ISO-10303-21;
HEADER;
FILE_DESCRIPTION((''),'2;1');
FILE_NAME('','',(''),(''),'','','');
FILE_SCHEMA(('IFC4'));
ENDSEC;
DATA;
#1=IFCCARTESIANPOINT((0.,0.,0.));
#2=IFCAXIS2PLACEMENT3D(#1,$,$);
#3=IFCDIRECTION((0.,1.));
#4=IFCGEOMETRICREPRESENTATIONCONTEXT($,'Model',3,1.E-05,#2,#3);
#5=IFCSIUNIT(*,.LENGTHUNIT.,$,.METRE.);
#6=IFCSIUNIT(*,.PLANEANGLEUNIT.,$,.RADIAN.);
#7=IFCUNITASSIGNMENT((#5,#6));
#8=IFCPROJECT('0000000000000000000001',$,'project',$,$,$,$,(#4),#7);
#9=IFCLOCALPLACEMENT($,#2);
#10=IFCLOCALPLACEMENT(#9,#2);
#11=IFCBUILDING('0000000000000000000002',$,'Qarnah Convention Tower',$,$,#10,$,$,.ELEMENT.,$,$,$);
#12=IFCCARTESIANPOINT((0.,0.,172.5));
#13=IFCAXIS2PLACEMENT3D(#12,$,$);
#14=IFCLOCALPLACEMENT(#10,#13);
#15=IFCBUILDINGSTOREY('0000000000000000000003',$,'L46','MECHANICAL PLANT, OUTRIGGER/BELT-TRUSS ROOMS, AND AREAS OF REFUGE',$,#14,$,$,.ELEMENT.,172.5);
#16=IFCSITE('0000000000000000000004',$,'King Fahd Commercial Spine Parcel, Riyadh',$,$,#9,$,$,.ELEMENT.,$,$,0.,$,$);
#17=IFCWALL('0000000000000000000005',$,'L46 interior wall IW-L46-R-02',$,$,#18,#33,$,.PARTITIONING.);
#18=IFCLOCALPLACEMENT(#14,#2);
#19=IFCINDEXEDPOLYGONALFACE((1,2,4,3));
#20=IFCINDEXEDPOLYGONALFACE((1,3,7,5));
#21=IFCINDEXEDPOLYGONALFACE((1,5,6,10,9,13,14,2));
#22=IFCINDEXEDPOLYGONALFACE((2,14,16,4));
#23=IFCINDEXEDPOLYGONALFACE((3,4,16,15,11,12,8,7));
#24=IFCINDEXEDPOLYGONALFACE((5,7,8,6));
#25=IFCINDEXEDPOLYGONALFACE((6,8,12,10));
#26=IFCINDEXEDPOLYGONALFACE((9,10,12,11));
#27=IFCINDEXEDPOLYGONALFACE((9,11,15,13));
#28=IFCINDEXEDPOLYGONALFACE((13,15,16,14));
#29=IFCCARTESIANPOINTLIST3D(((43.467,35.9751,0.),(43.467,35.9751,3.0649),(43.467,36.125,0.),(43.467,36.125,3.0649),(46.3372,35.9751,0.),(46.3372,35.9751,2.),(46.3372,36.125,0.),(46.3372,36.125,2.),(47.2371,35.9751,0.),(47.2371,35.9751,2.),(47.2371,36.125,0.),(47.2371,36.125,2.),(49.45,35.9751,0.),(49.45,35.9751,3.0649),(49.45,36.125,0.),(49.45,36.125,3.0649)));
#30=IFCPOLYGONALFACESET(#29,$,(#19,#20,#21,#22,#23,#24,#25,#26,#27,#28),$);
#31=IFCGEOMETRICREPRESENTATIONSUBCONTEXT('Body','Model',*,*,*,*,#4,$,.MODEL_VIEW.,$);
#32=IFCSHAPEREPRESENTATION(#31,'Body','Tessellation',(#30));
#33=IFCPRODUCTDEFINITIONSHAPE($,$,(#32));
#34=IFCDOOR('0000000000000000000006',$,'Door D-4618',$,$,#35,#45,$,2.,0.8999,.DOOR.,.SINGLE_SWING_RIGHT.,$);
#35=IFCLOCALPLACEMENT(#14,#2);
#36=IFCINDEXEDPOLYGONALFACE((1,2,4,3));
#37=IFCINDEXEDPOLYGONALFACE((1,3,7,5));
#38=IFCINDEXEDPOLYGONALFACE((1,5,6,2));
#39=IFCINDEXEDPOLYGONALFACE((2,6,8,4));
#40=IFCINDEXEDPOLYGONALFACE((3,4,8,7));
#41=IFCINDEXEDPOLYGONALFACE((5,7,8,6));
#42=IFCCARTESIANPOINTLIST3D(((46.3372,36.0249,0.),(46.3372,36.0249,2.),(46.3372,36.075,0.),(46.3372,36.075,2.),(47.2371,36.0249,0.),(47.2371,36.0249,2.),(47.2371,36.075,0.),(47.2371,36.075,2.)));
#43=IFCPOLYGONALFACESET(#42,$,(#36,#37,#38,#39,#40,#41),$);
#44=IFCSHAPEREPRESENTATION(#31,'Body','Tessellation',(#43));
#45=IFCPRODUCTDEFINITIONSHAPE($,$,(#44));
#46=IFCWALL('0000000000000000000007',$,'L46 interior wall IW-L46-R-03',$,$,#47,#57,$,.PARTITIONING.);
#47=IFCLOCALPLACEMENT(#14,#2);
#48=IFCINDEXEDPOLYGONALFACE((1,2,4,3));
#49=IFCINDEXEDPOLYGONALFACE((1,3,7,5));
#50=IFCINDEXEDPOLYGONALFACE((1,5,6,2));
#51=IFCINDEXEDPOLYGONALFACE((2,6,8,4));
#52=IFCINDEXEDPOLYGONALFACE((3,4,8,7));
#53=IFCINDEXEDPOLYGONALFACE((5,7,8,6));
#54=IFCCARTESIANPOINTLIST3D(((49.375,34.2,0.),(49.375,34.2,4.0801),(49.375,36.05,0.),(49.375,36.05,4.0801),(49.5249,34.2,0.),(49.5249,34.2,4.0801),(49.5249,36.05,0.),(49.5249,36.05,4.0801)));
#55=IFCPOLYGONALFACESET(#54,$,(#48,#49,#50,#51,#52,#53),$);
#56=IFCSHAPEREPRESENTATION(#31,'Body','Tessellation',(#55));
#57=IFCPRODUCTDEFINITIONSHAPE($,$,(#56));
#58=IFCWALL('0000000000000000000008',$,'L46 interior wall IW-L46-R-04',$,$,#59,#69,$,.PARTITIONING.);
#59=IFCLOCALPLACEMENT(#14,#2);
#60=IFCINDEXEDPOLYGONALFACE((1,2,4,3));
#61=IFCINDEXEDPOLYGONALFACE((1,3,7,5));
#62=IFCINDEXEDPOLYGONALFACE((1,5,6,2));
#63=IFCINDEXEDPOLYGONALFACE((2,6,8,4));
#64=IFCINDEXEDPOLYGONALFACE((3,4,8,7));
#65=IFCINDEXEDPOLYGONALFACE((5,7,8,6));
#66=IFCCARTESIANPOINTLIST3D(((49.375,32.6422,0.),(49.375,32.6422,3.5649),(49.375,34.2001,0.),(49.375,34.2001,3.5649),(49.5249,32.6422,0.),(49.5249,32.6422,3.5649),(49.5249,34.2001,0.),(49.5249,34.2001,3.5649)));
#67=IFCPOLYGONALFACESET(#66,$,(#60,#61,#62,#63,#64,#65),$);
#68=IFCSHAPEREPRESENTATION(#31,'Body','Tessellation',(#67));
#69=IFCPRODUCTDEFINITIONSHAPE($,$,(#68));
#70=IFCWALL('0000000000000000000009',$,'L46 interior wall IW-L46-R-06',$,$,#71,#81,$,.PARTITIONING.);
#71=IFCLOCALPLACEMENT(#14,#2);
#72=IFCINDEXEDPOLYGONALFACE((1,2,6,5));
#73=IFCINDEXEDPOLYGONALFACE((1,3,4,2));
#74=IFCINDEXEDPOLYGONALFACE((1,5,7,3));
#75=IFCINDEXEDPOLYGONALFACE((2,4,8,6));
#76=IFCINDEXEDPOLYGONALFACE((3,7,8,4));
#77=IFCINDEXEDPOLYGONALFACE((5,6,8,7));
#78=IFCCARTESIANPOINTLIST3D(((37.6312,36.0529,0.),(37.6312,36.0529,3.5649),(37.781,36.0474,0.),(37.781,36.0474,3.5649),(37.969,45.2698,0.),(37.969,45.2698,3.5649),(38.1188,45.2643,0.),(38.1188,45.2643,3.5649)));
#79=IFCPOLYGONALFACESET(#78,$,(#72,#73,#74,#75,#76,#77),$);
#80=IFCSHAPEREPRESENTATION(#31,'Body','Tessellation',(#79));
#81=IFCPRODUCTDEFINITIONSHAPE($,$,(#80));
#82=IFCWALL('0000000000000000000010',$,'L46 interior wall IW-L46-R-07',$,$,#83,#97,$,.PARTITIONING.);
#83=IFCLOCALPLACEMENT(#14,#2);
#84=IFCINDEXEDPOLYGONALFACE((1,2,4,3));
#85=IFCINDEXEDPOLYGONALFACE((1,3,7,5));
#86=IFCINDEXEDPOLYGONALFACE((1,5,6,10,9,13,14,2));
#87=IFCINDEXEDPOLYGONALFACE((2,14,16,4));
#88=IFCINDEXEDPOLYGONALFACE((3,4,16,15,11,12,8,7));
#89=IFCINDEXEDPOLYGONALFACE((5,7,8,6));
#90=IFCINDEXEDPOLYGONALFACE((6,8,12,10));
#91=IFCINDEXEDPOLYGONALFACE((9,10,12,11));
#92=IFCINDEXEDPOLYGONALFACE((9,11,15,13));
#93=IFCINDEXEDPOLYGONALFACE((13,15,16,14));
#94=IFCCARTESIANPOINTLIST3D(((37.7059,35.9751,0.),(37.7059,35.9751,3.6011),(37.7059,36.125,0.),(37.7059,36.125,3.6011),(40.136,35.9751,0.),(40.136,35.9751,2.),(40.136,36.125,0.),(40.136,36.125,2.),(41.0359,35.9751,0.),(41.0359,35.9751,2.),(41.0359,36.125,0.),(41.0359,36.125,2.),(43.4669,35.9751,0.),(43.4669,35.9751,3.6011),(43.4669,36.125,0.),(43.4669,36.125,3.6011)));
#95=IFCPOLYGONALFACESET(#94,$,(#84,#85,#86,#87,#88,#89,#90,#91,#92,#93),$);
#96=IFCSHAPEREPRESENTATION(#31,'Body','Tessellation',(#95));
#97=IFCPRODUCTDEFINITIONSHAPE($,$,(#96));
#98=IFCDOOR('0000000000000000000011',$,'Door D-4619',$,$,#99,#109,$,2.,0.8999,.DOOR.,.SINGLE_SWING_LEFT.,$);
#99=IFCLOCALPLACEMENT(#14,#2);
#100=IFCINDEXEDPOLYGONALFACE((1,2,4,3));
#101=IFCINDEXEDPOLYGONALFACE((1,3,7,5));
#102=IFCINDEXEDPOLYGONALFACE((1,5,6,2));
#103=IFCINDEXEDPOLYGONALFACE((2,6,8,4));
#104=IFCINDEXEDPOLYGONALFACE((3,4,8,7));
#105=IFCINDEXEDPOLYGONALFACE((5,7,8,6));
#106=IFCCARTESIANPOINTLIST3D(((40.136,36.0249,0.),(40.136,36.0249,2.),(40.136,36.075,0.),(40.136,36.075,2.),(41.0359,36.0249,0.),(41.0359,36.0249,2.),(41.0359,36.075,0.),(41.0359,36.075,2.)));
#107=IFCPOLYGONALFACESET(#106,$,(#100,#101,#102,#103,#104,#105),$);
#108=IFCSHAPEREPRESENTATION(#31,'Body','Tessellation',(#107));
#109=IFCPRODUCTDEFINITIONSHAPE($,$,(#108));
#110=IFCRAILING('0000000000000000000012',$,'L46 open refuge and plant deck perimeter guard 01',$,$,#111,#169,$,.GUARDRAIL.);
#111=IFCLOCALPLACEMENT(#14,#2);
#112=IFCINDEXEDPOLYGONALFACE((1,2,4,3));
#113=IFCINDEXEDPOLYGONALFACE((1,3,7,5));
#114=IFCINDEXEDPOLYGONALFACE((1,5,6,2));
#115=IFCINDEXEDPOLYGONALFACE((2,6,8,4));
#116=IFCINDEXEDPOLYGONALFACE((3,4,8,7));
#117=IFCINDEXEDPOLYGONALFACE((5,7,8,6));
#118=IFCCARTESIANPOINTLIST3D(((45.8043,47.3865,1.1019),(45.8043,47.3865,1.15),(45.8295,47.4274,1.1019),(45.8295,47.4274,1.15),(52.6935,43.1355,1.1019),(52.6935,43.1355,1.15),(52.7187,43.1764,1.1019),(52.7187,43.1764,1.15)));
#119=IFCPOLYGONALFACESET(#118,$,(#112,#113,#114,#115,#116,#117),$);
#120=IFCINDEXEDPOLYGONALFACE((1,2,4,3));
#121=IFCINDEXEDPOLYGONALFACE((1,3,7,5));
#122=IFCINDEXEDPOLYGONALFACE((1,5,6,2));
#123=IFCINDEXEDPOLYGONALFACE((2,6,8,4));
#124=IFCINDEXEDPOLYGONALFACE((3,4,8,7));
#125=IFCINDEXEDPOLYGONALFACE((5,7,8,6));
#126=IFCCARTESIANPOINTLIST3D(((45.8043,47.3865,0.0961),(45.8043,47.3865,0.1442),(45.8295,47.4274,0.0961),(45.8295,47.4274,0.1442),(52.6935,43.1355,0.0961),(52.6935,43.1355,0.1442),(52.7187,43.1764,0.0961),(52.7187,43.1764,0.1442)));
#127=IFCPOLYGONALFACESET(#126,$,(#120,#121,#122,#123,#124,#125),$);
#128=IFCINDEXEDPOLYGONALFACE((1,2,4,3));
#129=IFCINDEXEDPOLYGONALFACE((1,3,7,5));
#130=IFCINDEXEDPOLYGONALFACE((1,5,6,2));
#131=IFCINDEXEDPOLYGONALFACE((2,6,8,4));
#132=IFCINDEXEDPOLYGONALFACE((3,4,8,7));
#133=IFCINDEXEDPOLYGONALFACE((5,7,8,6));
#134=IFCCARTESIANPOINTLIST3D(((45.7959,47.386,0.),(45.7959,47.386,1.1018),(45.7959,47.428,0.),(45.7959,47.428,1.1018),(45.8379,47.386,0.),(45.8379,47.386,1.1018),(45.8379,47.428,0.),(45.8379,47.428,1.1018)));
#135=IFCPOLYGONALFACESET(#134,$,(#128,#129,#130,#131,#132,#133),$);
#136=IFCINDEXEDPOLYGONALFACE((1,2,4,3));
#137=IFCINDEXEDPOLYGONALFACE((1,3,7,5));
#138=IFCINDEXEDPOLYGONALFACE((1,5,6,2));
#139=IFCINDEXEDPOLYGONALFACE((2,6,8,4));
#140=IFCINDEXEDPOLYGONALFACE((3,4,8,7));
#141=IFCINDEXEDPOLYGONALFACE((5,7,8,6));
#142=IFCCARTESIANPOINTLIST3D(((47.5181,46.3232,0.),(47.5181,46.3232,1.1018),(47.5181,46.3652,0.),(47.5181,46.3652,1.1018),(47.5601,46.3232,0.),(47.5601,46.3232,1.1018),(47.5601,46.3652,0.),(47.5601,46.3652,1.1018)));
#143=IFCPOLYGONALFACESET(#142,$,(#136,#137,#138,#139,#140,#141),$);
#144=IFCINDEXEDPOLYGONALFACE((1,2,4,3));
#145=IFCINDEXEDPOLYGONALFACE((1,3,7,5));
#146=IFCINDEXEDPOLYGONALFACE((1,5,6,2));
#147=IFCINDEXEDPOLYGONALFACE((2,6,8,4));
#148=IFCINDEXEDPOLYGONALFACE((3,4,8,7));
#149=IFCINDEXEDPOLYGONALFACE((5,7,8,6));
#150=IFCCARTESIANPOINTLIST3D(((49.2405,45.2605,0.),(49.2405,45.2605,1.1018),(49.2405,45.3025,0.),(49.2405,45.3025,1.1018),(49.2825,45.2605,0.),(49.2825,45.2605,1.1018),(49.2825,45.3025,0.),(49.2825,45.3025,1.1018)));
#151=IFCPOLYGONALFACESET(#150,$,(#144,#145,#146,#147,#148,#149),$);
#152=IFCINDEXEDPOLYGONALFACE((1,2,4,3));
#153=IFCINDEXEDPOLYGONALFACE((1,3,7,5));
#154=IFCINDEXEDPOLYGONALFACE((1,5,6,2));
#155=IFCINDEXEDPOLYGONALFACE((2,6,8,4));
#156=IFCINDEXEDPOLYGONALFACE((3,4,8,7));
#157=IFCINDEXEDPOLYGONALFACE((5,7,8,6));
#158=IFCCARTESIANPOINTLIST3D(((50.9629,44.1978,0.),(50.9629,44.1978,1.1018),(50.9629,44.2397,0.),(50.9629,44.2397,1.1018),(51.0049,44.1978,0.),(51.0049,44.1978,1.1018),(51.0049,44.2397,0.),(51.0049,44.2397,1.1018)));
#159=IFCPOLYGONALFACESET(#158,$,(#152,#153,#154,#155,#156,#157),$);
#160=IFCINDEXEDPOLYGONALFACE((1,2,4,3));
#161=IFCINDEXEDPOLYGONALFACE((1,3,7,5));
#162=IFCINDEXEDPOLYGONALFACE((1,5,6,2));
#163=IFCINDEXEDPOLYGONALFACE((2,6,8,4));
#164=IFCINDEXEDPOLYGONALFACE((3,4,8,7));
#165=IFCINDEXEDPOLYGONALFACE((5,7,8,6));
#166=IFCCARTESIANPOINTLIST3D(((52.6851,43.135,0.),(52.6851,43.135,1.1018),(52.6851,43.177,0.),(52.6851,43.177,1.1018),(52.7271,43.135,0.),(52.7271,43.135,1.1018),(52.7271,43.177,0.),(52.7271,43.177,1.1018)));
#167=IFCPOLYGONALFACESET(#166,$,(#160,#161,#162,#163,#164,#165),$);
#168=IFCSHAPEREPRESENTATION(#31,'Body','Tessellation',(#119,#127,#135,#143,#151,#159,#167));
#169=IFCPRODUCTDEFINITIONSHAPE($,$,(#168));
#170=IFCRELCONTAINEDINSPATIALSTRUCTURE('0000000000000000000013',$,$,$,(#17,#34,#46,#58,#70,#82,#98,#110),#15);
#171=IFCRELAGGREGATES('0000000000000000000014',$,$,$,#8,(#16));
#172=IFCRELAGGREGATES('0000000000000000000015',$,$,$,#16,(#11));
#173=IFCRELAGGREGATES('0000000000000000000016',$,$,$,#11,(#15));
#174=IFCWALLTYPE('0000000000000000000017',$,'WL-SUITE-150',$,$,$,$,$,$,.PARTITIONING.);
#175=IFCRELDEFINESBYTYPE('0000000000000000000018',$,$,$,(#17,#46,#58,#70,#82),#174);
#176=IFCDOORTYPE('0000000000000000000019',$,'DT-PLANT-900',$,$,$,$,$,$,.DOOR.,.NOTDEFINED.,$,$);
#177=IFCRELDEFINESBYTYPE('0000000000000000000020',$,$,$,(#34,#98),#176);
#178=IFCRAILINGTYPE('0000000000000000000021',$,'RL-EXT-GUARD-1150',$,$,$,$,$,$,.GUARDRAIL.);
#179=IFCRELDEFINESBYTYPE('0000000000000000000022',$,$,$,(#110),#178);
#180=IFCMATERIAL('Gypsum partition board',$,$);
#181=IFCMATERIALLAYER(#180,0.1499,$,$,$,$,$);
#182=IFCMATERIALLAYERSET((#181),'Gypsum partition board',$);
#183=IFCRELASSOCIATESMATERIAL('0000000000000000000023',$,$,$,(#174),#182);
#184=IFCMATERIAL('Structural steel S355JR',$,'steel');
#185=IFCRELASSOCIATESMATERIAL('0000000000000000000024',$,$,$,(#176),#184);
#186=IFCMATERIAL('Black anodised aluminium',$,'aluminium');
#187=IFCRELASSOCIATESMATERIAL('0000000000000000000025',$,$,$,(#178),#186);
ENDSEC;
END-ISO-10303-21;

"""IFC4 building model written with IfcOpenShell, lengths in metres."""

from ifc_helpers import new_model, si_unit, direction, frame, frame_2d, origin, origin_2d, place, context, subcontext, project, spatial, rectangle, extrude, material, layer, layer_set, type_object, element, fill, save


model = new_model("IFC4")

# Units and contexts
model_context = context("Model", 3, precision=1e-05, world=origin(), true_north=direction((0.0, 1.0)))
body_context = subcontext(model_context, "Body", "Model", "MODEL_VIEW")
ifc_project = project(units=[si_unit("LENGTHUNIT", "METRE"), si_unit("PLANEANGLEUNIT", "RADIAN")], contexts=[model_context])

# Site, building, storey
site_placement = place(None, origin())
site = spatial("IfcSite", under=ifc_project, at=site_placement, Name="King Fahd Commercial Spine Parcel, Riyadh", CompositionType="ELEMENT", RefElevation=0.0)
building_placement = place(site_placement, origin())
building = spatial("IfcBuilding", under=site, at=building_placement, Name="Qarnah Convention Tower", CompositionType="ELEMENT")
storey_placement = place(building_placement, frame((0.0, 0.0, 172.5)))
storey = spatial("IfcBuildingStorey", under=building, at=storey_placement, Name="L46", Description="MECHANICAL PLANT, OUTRIGGER/BELT-TRUSS ROOMS, AND AREAS OF REFUGE", CompositionType="ELEMENT", Elevation=172.5)

# Shared definitions
ifc_material_1 = material(Name="Structural steel S355JR", Category="steel")

# Shared definitions
ifc_material_2 = material(Name="Gypsum partition board")
ifc_layer_1 = layer(ifc_material_2, 0.1499)
ifc_layer_set_1 = layer_set([ifc_layer_1], Name="Gypsum partition board")
wall_type = type_object("IfcWallType", Name="WL-SUITE-150", PredefinedType="PARTITIONING", material=ifc_layer_set_1)

# Wall, opening, door
wall_1_placement = place(storey_placement, frame((43.467, 36.05, 0.0), z_axis=(0.0, 0.0, 1.0), x_axis=(1.0, 0.0, 0.0)))
wall_1 = element("IfcWall", 1, at=wall_1_placement, inside=storey, type_object=wall_type, Name="L46 interior wall IW-L46-R-02", PredefinedType="PARTITIONING", context=body_context, shape_type="SweptSolid", body=[
    extrude(rectangle(XDim=5.9829, YDim=0.1499, at=frame_2d((2.9915, 0.0))), origin(), (0.0, 0.0, 1.0), 3.0649),
])
opening_1_placement = place(wall_1_placement, frame((2.8701, 0.0, 0.0)))
opening_1 = element("IfcOpeningElement", 2, at=opening_1_placement, cuts=wall_1, PredefinedType="OPENING", context=body_context, shape_type="SweptSolid", body=[
    extrude(rectangle(XDim=0.8999, YDim=2.0, at=frame_2d((0.45, 1.0))), frame((0.0, 0.085, 0.0), z_axis=(0.0, -1.0, 0.0), x_axis=(1.0, 0.0, 0.0)), (0.0, 0.0, 1.0), 0.1699),
])
door_type = type_object("IfcDoorType", Name="DT-PLANT-900", OperationType="NOTDEFINED", PredefinedType="DOOR", material=ifc_material_1)
door_1_placement = place(opening_1_placement, origin())
door_1 = element("IfcDoor", 3, at=door_1_placement, inside=storey, type_object=door_type, Name="Door D-4618", OperationType="SINGLE_SWING_RIGHT", OverallHeight=2.0, OverallWidth=0.8999, PredefinedType="DOOR", context=body_context, shape_type="SweptSolid", body=[
    extrude(rectangle(XDim=0.8999, YDim=2.0, at=frame_2d((0.45, 1.0))), frame((0.0, 0.0249, 0.0), z_axis=(0.0, -1.0, 0.0), x_axis=(1.0, 0.0, 0.0)), (0.0, 0.0, 1.0), 0.05),
])
fill(opening_1, door_1)

# Walls
wall_2_placement = place(storey_placement, frame((49.45, 36.05, 0.0), z_axis=(0.0, 0.0, 1.0), x_axis=(0.0, -1.0, 0.0)))
element("IfcWall", 4, at=wall_2_placement, inside=storey, type_object=wall_type, Name="L46 interior wall IW-L46-R-03", PredefinedType="PARTITIONING", context=body_context, shape_type="SweptSolid", body=[
    extrude(rectangle(XDim=1.8501, YDim=0.1499, at=frame_2d((0.925, 0.0))), origin(), (0.0, 0.0, 1.0), 4.0801),
])
wall_3_placement = place(storey_placement, frame((49.45, 34.2, 0.0), z_axis=(0.0, 0.0, 1.0), x_axis=(0.0, -1.0, 0.0)))
element("IfcWall", 5, at=wall_3_placement, inside=storey, type_object=wall_type, Name="L46 interior wall IW-L46-R-04", PredefinedType="PARTITIONING", context=body_context, shape_type="SweptSolid", body=[
    extrude(rectangle(XDim=1.5579, YDim=0.1499, at=frame_2d((0.7788, 0.0))), origin(), (0.0, 0.0, 1.0), 3.5649),
])
wall_4_placement = place(storey_placement, frame((38.0439, 45.2671, 0.0), z_axis=(0.0, 0.0, 1.0), x_axis=(-0.036635, -0.999329, 0.0)))
element("IfcWall", 6, at=wall_4_placement, inside=storey, type_object=wall_type, Name="L46 interior wall IW-L46-R-06", PredefinedType="PARTITIONING", context=body_context, shape_type="SweptSolid", body=[
    extrude(rectangle(XDim=9.2231, YDim=0.1499, at=frame_2d((4.6116, 0.0))), origin(), (0.0, 0.0, 1.0), 3.5649),
])

# Wall, opening, door
wall_5_placement = place(storey_placement, frame((37.7061, 36.05, 0.0), z_axis=(0.0, 0.0, 1.0), x_axis=(1.0, 0.0, 0.0)))
wall_5 = element("IfcWall", 7, at=wall_5_placement, inside=storey, type_object=wall_type, Name="L46 interior wall IW-L46-R-07", PredefinedType="PARTITIONING", context=body_context, shape_type="SweptSolid", body=[
    extrude(rectangle(XDim=5.761, YDim=0.1499, at=frame_2d((2.8804, 0.0))), origin(), (0.0, 0.0, 1.0), 3.6011),
])
opening_2_placement = place(wall_5_placement, frame((2.4299, 0.0, 0.0)))
opening_2 = element("IfcOpeningElement", 8, at=opening_2_placement, cuts=wall_5, PredefinedType="OPENING", context=body_context, shape_type="SweptSolid", body=[
    extrude(rectangle(XDim=0.8999, YDim=2.0, at=frame_2d((0.45, 1.0))), frame((0.0, 0.085, 0.0), z_axis=(0.0, -1.0, 0.0), x_axis=(1.0, 0.0, 0.0)), (0.0, 0.0, 1.0), 0.1699),
])
door_2_placement = place(opening_2_placement, origin())
door_2 = element("IfcDoor", 9, at=door_2_placement, inside=storey, type_object=door_type, Name="Door D-4619", OperationType="SINGLE_SWING_LEFT", OverallHeight=2.0, OverallWidth=0.8999, PredefinedType="DOOR", context=body_context, shape_type="SweptSolid", body=[
    extrude(rectangle(XDim=0.8999, YDim=2.0, at=frame_2d((0.45, 1.0))), frame((0.0, 0.0249, 0.0), z_axis=(0.0, -1.0, 0.0), x_axis=(1.0, 0.0, 0.0)), (0.0, 0.0, 1.0), 0.05),
])
fill(opening_2, door_2)

# Railing
ifc_material_3 = material(Name="Black anodised aluminium", Category="aluminium")
railing_type = type_object("IfcRailingType", Name="RL-EXT-GUARD-1150", PredefinedType="GUARDRAIL", material=ifc_material_3)
railing_1_placement = place(storey_placement, frame((45.8169, 47.407, 0.0)))
element("IfcRailing", 10, at=railing_1_placement, inside=storey, type_object=railing_type, Name="L46 open refuge and plant deck perimeter guard 01", PredefinedType="GUARDRAIL", context=body_context, shape_type="SweptSolid", body=[
    extrude(rectangle(XDim=0.0481, YDim=0.0481, at=origin_2d()), frame((0.0, 0.0, 1.126), z_axis=(0.851024, -0.525127, 0.0), x_axis=(0.525127, 0.851024, 0.0)), (0.0, 0.0, 1.0), 8.0952),
    extrude(rectangle(XDim=0.0481, YDim=0.0481, at=origin_2d()), frame((0.0, 0.0, 0.1201), z_axis=(0.851024, -0.525127, 0.0), x_axis=(0.525127, 0.851024, 0.0)), (0.0, 0.0, 1.0), 8.0952),
    extrude(rectangle(XDim=0.042, YDim=0.042, at=origin_2d()), origin(), (0.0, 0.0, 1.0), 1.1018),
    extrude(rectangle(XDim=0.042, YDim=0.042, at=origin_2d()), frame((1.7222, -1.0627, 0.0)), (0.0, 0.0, 1.0), 1.1018),
    extrude(rectangle(XDim=0.042, YDim=0.042, at=origin_2d()), frame((3.4446, -2.1255, 0.0)), (0.0, 0.0, 1.0), 1.1018),
    extrude(rectangle(XDim=0.042, YDim=0.042, at=origin_2d()), frame((5.167, -3.1882, 0.0)), (0.0, 0.0, 1.0), 1.1018),
    extrude(rectangle(XDim=0.042, YDim=0.042, at=origin_2d()), frame((6.8892, -4.251, 0.0)), (0.0, 0.0, 1.0), 1.1018),
])

save(model, "model.ifc")
